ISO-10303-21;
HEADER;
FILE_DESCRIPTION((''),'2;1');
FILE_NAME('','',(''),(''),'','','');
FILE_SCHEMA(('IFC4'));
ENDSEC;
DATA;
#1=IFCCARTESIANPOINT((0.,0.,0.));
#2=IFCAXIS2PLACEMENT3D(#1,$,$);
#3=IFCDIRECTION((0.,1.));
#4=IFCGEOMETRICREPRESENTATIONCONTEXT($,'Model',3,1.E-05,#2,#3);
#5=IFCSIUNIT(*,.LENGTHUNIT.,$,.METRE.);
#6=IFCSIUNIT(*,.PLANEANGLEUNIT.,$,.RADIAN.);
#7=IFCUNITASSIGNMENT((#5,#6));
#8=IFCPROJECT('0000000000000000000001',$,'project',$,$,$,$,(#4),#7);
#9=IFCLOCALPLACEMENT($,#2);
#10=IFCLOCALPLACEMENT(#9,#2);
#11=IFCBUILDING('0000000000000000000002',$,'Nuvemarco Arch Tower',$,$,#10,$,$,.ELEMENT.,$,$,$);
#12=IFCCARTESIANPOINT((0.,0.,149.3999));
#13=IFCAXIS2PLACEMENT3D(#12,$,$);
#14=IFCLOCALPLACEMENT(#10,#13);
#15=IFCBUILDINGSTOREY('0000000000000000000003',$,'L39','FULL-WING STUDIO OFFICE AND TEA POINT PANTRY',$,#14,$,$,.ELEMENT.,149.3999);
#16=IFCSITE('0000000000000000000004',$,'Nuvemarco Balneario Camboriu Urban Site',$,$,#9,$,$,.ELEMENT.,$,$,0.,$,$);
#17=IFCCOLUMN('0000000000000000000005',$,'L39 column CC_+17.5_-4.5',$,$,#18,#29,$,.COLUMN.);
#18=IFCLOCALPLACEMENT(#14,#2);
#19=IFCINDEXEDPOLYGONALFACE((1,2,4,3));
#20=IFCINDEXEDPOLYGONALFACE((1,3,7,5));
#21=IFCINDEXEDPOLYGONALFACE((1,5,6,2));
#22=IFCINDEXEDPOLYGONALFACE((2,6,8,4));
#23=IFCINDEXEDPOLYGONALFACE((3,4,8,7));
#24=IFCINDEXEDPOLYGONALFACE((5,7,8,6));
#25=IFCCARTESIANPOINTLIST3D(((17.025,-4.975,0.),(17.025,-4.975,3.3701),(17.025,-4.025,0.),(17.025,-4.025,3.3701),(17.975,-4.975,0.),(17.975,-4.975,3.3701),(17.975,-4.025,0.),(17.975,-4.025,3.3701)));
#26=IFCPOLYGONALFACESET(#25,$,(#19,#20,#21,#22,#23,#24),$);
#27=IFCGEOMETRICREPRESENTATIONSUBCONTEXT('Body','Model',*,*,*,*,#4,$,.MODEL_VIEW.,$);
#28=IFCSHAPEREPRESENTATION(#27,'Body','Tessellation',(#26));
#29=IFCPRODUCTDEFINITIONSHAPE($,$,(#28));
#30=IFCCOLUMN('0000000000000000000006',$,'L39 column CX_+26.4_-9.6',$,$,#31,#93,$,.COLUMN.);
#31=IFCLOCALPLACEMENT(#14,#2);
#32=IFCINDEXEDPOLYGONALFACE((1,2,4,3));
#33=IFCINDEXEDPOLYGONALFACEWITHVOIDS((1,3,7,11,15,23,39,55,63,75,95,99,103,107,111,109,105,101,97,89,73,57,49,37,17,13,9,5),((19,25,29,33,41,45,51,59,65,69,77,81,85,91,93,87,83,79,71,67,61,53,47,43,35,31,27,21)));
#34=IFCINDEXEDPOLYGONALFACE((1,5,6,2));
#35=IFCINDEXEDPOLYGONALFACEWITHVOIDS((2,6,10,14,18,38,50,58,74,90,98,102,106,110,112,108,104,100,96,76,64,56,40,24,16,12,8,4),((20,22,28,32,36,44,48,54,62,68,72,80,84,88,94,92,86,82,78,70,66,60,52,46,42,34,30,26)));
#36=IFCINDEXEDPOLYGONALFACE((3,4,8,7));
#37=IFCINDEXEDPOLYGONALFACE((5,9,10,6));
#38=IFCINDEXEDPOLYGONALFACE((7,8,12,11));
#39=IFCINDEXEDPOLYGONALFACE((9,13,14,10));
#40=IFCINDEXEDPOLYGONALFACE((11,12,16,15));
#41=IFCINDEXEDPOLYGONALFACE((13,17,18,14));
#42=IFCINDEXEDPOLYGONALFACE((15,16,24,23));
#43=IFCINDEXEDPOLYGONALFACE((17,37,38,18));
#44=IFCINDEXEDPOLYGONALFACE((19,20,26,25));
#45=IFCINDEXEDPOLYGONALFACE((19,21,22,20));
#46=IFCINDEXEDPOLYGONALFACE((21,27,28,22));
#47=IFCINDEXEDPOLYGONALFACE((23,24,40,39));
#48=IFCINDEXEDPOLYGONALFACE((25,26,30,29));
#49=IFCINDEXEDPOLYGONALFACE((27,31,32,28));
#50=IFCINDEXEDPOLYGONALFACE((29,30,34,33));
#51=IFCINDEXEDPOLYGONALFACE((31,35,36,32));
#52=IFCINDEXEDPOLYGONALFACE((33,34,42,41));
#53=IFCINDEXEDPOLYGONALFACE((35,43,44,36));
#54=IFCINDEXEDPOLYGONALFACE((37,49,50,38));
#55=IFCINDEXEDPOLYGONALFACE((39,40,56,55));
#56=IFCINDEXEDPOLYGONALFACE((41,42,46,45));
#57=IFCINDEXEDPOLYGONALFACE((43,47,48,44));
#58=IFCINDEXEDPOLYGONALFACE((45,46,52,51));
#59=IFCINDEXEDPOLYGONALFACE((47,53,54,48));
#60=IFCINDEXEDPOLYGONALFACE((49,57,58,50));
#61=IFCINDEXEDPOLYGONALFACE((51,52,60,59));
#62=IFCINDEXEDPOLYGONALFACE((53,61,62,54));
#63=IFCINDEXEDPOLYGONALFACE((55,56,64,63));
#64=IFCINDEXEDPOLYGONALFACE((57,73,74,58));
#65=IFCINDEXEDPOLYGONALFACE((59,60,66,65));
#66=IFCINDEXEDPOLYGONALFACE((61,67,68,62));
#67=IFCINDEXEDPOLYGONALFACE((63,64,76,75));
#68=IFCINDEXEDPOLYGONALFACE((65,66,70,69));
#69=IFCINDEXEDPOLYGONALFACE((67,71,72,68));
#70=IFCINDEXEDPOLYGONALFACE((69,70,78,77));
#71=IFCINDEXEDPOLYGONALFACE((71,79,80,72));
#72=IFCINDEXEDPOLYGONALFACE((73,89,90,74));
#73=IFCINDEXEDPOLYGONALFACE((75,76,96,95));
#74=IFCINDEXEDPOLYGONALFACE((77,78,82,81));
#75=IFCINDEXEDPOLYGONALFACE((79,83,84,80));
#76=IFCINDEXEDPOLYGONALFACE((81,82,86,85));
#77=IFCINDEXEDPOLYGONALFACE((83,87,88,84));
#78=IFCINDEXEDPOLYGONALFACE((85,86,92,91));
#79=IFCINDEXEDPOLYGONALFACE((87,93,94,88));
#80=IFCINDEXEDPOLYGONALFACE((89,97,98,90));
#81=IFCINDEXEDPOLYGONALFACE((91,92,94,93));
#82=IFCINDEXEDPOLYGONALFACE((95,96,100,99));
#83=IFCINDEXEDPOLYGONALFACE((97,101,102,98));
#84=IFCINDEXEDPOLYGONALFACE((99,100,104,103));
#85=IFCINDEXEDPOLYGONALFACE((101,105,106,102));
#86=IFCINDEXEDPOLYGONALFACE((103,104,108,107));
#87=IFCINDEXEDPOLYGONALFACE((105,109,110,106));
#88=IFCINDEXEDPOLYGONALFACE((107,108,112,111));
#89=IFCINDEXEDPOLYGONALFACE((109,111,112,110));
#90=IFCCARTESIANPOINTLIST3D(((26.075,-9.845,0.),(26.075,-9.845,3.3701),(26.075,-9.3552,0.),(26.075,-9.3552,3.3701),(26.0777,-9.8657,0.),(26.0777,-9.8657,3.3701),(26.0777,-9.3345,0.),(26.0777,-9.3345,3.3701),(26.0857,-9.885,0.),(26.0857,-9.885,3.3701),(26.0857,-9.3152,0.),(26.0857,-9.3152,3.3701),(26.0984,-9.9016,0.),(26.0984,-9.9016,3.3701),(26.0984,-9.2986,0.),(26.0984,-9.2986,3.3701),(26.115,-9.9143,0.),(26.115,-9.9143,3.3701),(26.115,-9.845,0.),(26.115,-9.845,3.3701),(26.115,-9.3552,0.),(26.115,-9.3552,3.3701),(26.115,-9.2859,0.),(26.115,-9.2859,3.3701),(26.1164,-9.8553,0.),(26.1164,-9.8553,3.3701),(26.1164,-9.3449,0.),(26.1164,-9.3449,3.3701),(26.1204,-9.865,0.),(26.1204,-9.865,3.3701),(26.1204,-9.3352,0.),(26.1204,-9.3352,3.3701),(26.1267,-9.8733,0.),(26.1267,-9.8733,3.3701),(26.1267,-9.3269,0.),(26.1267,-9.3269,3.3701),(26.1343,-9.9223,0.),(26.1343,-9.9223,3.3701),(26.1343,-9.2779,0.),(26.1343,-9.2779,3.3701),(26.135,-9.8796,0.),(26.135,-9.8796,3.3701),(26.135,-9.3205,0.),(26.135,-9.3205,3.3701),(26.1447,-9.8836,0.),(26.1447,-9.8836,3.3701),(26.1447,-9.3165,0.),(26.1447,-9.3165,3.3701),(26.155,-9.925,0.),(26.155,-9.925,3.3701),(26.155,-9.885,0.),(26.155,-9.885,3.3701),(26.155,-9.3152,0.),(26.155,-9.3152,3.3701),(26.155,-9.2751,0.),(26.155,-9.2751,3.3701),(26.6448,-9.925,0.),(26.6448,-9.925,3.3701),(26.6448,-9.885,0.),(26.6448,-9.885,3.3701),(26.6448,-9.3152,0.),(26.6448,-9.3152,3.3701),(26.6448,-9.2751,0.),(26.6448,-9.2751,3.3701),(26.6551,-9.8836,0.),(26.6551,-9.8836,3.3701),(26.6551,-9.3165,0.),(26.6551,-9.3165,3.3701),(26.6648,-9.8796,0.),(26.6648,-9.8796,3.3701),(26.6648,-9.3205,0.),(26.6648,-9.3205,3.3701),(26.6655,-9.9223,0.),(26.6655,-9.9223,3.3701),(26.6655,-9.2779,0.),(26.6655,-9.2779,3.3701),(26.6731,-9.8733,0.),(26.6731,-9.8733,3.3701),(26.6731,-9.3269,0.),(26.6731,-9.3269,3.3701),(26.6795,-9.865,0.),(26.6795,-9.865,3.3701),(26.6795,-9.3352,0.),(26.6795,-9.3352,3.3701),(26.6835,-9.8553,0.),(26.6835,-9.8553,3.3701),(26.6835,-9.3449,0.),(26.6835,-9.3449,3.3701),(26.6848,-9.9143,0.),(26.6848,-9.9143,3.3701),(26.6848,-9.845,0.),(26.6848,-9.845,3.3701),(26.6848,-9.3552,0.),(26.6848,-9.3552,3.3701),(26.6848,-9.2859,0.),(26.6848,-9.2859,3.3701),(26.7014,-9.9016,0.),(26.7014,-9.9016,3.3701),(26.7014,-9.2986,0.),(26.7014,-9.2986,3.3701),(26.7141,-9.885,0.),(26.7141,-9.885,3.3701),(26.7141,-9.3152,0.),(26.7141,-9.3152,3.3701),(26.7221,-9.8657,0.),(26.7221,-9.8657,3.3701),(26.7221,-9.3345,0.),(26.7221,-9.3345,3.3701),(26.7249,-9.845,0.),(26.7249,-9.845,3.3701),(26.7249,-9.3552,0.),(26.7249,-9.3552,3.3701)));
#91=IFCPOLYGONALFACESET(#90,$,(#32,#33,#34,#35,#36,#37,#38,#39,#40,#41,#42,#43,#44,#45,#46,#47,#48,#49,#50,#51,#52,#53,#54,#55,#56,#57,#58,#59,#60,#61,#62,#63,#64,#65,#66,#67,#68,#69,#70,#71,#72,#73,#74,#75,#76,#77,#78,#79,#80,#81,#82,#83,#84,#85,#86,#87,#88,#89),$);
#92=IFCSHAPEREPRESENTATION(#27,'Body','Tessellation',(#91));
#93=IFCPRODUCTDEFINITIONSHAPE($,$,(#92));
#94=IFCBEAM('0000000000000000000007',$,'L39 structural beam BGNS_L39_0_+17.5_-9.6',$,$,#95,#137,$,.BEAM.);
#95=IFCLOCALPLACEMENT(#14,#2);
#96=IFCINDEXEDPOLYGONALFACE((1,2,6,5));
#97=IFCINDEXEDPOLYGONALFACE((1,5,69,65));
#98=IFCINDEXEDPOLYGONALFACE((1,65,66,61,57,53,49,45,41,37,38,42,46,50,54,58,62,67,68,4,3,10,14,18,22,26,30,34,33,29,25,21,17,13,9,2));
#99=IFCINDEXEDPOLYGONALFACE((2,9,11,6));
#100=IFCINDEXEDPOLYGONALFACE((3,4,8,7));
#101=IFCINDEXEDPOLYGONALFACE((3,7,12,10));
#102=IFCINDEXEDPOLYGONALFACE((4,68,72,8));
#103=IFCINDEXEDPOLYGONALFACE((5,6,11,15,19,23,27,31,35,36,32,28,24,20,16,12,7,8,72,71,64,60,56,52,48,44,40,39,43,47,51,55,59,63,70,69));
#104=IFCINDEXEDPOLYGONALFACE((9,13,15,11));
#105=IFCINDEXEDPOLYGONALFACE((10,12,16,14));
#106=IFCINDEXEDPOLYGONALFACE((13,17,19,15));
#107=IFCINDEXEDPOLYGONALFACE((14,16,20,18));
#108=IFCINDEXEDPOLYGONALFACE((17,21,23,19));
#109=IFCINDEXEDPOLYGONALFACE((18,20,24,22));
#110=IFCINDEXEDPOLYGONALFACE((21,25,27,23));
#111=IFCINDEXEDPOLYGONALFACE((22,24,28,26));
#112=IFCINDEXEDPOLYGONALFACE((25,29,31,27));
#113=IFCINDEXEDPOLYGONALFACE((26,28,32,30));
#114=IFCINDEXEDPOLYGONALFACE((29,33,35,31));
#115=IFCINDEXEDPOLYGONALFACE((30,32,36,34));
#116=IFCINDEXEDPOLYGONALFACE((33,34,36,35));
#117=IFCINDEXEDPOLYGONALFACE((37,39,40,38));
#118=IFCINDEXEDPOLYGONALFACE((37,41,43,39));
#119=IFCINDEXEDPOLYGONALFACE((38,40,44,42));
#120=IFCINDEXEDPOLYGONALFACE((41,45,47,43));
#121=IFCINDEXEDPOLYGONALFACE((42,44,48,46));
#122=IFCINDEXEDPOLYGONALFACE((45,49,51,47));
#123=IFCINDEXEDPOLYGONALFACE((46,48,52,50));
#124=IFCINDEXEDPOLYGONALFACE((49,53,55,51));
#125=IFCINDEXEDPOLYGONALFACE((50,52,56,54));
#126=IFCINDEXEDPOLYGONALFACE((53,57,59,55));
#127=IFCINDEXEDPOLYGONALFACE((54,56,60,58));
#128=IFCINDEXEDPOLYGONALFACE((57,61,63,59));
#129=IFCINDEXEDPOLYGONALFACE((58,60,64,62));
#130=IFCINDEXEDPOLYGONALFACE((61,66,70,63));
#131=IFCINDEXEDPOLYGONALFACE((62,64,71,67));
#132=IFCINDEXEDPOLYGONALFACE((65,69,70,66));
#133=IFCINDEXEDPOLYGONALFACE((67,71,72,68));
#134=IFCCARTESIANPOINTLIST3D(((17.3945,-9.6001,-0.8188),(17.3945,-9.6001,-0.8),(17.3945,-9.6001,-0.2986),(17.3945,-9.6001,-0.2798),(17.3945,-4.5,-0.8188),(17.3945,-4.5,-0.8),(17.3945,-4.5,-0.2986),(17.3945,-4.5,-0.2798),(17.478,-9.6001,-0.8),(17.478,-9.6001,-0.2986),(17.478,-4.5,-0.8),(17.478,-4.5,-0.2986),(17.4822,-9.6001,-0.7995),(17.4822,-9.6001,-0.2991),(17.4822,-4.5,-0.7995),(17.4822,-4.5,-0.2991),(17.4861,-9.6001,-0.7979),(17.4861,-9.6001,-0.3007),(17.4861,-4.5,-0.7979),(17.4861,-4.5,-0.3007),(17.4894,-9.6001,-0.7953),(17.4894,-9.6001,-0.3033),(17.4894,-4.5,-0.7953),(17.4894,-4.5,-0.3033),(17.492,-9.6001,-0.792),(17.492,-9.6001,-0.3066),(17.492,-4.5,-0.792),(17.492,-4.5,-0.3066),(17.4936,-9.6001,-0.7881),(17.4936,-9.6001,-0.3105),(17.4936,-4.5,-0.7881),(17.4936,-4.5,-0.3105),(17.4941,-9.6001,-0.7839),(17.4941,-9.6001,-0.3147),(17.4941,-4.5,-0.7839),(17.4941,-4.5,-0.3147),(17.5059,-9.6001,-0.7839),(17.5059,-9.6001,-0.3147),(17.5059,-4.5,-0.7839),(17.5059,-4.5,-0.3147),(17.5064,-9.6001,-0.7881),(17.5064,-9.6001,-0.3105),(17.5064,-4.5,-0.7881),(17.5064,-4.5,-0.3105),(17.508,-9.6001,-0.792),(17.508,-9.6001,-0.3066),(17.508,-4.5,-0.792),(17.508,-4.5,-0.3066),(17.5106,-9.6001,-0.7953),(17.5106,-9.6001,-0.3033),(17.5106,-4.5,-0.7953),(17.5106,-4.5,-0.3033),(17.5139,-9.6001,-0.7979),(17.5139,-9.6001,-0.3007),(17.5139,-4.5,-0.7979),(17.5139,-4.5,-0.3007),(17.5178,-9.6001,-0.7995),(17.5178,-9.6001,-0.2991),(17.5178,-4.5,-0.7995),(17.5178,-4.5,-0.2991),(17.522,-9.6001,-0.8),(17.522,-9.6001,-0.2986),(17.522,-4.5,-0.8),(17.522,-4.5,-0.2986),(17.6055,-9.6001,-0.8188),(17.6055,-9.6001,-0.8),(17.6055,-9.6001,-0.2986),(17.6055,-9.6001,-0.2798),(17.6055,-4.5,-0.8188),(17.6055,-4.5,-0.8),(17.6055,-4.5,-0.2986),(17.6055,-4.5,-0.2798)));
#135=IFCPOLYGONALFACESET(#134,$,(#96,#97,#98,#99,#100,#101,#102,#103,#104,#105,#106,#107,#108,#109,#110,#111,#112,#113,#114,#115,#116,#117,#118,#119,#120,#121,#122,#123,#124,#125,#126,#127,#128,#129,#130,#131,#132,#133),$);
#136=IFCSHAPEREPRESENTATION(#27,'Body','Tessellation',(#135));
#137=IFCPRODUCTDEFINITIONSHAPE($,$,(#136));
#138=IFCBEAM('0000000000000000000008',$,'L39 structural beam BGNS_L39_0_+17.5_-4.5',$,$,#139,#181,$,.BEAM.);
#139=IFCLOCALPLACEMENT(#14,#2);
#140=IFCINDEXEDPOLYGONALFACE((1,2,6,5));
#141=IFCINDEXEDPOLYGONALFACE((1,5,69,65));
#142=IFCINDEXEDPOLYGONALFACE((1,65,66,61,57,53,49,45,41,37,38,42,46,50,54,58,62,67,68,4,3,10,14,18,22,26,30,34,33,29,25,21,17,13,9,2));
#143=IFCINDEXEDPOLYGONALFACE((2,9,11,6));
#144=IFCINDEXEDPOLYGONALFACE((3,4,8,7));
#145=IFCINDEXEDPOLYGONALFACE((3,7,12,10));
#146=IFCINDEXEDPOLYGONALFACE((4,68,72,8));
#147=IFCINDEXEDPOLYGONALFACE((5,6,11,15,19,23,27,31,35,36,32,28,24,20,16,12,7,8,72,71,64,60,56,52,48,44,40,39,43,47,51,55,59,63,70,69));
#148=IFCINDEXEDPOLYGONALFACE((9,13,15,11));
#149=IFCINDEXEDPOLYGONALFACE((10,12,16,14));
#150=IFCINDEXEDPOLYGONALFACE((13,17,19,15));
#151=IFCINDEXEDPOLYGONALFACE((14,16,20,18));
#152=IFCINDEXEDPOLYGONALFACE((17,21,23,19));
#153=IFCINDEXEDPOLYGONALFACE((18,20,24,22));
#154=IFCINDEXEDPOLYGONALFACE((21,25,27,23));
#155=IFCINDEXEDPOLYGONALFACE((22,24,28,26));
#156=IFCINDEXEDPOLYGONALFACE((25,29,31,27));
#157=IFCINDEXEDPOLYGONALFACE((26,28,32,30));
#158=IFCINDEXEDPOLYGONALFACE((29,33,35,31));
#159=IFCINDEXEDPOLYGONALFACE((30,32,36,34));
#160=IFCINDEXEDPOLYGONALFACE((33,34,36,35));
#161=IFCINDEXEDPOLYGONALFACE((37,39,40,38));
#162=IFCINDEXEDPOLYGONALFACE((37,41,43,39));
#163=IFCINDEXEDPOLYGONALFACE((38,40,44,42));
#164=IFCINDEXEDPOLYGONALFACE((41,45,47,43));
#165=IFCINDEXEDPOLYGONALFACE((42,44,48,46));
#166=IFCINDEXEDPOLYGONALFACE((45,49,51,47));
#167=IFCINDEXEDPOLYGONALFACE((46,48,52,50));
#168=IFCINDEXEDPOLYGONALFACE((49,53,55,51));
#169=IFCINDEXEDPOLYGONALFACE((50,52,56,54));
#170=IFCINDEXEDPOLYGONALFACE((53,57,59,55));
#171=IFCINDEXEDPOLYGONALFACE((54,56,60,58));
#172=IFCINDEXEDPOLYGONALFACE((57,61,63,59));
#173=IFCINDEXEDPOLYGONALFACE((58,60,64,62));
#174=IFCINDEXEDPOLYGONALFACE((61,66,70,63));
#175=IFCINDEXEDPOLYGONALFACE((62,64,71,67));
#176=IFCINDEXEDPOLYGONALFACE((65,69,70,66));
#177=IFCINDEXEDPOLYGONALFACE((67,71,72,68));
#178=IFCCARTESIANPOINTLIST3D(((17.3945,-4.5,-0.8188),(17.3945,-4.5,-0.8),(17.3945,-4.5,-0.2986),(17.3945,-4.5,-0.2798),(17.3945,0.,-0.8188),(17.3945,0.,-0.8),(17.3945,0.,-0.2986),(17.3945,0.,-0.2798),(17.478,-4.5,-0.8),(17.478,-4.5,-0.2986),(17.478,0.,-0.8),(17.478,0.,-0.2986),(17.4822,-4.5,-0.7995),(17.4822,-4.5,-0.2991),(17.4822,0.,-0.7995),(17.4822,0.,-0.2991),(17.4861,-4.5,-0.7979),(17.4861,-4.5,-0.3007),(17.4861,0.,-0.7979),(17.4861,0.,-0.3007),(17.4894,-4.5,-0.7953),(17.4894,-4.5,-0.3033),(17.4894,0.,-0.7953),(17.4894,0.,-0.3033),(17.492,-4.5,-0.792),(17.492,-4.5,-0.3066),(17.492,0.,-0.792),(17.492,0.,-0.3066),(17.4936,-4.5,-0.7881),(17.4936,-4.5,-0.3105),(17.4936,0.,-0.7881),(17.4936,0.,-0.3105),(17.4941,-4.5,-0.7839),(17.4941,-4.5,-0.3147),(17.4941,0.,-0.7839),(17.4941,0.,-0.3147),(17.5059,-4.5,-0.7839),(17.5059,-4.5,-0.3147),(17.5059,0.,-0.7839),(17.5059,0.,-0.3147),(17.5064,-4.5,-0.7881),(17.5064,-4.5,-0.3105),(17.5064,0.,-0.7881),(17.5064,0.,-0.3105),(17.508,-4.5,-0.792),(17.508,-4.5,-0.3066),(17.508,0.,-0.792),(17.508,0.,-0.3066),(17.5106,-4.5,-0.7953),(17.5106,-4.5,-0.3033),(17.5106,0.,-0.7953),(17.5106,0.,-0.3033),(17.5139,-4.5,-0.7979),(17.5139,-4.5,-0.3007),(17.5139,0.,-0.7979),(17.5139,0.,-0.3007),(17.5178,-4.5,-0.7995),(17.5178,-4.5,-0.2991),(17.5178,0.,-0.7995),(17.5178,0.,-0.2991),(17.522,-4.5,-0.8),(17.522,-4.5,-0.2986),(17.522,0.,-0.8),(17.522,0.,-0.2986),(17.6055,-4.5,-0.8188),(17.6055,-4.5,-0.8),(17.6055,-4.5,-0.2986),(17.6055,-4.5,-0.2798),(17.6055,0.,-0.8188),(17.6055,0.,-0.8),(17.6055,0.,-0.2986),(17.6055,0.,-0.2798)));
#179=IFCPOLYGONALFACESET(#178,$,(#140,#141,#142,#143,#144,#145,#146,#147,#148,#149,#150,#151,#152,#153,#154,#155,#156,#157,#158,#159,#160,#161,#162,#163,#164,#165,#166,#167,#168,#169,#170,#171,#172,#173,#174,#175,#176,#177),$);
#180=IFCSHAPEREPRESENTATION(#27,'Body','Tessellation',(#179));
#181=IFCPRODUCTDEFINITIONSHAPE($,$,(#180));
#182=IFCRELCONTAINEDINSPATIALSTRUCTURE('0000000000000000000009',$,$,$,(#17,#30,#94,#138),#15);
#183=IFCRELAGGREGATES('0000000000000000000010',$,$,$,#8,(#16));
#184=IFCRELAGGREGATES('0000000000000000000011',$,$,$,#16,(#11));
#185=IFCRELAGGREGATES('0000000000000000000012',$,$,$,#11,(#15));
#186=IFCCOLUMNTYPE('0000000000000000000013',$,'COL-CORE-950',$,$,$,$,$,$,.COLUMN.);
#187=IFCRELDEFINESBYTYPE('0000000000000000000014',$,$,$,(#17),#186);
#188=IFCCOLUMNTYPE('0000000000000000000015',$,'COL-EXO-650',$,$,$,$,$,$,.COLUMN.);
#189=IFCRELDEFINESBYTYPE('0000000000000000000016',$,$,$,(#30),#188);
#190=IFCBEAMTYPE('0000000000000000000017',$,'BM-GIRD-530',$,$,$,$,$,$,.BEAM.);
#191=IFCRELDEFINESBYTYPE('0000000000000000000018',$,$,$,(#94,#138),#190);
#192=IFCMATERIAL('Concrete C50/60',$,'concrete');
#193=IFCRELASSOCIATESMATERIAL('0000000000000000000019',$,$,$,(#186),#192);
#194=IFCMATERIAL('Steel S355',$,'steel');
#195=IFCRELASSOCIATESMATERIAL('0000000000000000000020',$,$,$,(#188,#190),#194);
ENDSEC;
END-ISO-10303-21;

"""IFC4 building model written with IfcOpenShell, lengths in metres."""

from ifc_helpers import new_model, si_unit, direction, frame, origin, origin_2d, place, context, subcontext, project, spatial, rectangle, hollow_rectangle, i_section, extrude, material, material_profile, profile_set, type_object, element, save


model = new_model("IFC4")

# Units and contexts
model_context = context("Model", 3, precision=1e-05, world=origin(), true_north=direction((0.0, 1.0)))
body_context = subcontext(model_context, "Body", "Model", "MODEL_VIEW")
ifc_project = project(units=[si_unit("LENGTHUNIT", "METRE"), si_unit("PLANEANGLEUNIT", "RADIAN")], contexts=[model_context])

# Site, building, storey
site_placement = place(None, origin())
site = spatial("IfcSite", under=ifc_project, at=site_placement, Name="Nuvemarco Balneario Camboriu Urban Site", CompositionType="ELEMENT", RefElevation=0.0)
building_placement = place(site_placement, origin())
building = spatial("IfcBuilding", under=site, at=building_placement, Name="Nuvemarco Arch Tower", CompositionType="ELEMENT")
storey_placement = place(building_placement, frame((0.0, 0.0, 149.3999)))
storey = spatial("IfcBuildingStorey", under=building, at=storey_placement, Name="L39", Description="FULL-WING STUDIO OFFICE AND TEA POINT PANTRY", CompositionType="ELEMENT", Elevation=149.3999)

# Columns
ifc_material_1 = material(Name="Concrete C50/60", Category="concrete")
ifc_material_profile_1 = material_profile(ifc_material_1, rectangle(XDim=0.95, YDim=0.95, at=origin_2d()), Name="RC-COL-950x950")
ifc_profile_set_1 = profile_set([ifc_material_profile_1], Name="Concrete C50/60")
column_type_1 = type_object("IfcColumnType", Name="COL-CORE-950", PredefinedType="COLUMN", material=ifc_profile_set_1)
column_1_placement = place(storey_placement, frame((17.5, -4.5, 0.0), z_axis=(0.0, 0.0, 1.0), x_axis=(1.0, 0.0, 0.0)))
element("IfcColumn", 1, at=column_1_placement, inside=storey, type_object=column_type_1, Name="L39 column CC_+17.5_-4.5", PredefinedType="COLUMN", context=body_context, shape_type="SweptSolid", body=[
    extrude(rectangle(XDim=0.95, YDim=0.95, at=origin_2d()), origin(), (0.0, 0.0, 1.0), 3.3701),
])
ifc_material_2 = material(Name="Steel S355", Category="steel")
ifc_material_profile_2 = material_profile(ifc_material_2, hollow_rectangle(XDim=0.6499, YDim=0.6499, WallThickness=0.04, InnerFilletRadius=0.04, OuterFilletRadius=0.0801, at=origin_2d()), Name="SHS650x650x40")
ifc_profile_set_2 = profile_set([ifc_material_profile_2], Name="Steel S355")
column_type_2 = type_object("IfcColumnType", Name="COL-EXO-650", PredefinedType="COLUMN", material=ifc_profile_set_2)
column_2_placement = place(storey_placement, frame((26.3999, -9.6001, 0.0), z_axis=(0.0, 0.0, 1.0), x_axis=(1.0, 0.0, 0.0)))
element("IfcColumn", 2, at=column_2_placement, inside=storey, type_object=column_type_2, Name="L39 column CX_+26.4_-9.6", PredefinedType="COLUMN", context=body_context, shape_type="SweptSolid", body=[
    extrude(hollow_rectangle(XDim=0.6499, YDim=0.6499, WallThickness=0.04, InnerFilletRadius=0.04, OuterFilletRadius=0.0801, at=origin_2d()), origin(), (0.0, 0.0, 1.0), 3.3701),
])

# Beams
ifc_material_profile_3 = material_profile(ifc_material_2, i_section(OverallWidth=0.2109, OverallDepth=0.5391, WebThickness=0.0117, FlangeThickness=0.0188, FilletRadius=0.0161, at=origin_2d()), Name="W530x109")
ifc_profile_set_3 = profile_set([ifc_material_profile_3], Name="Steel S355")
beam_type_1 = type_object("IfcBeamType", Name="BM-GIRD-530", PredefinedType="BEAM", material=ifc_profile_set_3)
beam_1_placement = place(storey_placement, frame((17.5, -9.6001, -0.5493), z_axis=(0.0, 1.0, 0.0), x_axis=(-1.0, 0.0, 0.0)))
element("IfcBeam", 3, at=beam_1_placement, inside=storey, type_object=beam_type_1, Name="L39 structural beam BGNS_L39_0_+17.5_-9.6", PredefinedType="BEAM", context=body_context, shape_type="SweptSolid", body=[
    extrude(i_section(OverallWidth=0.2109, OverallDepth=0.5391, WebThickness=0.0117, FlangeThickness=0.0188, FilletRadius=0.0161, at=origin_2d()), origin(), (0.0, 0.0, 1.0), 5.1001),
])
beam_2_placement = place(storey_placement, frame((17.5, -4.5, -0.5493), z_axis=(0.0, 1.0, 0.0), x_axis=(-1.0, 0.0, 0.0)))
element("IfcBeam", 4, at=beam_2_placement, inside=storey, type_object=beam_type_1, Name="L39 structural beam BGNS_L39_0_+17.5_-4.5", PredefinedType="BEAM", context=body_context, shape_type="SweptSolid", body=[
    extrude(i_section(OverallWidth=0.2109, OverallDepth=0.5391, WebThickness=0.0117, FlangeThickness=0.0188, FilletRadius=0.0161, at=origin_2d()), origin(), (0.0, 0.0, 1.0), 4.5),
])

save(model, "model.ifc")
